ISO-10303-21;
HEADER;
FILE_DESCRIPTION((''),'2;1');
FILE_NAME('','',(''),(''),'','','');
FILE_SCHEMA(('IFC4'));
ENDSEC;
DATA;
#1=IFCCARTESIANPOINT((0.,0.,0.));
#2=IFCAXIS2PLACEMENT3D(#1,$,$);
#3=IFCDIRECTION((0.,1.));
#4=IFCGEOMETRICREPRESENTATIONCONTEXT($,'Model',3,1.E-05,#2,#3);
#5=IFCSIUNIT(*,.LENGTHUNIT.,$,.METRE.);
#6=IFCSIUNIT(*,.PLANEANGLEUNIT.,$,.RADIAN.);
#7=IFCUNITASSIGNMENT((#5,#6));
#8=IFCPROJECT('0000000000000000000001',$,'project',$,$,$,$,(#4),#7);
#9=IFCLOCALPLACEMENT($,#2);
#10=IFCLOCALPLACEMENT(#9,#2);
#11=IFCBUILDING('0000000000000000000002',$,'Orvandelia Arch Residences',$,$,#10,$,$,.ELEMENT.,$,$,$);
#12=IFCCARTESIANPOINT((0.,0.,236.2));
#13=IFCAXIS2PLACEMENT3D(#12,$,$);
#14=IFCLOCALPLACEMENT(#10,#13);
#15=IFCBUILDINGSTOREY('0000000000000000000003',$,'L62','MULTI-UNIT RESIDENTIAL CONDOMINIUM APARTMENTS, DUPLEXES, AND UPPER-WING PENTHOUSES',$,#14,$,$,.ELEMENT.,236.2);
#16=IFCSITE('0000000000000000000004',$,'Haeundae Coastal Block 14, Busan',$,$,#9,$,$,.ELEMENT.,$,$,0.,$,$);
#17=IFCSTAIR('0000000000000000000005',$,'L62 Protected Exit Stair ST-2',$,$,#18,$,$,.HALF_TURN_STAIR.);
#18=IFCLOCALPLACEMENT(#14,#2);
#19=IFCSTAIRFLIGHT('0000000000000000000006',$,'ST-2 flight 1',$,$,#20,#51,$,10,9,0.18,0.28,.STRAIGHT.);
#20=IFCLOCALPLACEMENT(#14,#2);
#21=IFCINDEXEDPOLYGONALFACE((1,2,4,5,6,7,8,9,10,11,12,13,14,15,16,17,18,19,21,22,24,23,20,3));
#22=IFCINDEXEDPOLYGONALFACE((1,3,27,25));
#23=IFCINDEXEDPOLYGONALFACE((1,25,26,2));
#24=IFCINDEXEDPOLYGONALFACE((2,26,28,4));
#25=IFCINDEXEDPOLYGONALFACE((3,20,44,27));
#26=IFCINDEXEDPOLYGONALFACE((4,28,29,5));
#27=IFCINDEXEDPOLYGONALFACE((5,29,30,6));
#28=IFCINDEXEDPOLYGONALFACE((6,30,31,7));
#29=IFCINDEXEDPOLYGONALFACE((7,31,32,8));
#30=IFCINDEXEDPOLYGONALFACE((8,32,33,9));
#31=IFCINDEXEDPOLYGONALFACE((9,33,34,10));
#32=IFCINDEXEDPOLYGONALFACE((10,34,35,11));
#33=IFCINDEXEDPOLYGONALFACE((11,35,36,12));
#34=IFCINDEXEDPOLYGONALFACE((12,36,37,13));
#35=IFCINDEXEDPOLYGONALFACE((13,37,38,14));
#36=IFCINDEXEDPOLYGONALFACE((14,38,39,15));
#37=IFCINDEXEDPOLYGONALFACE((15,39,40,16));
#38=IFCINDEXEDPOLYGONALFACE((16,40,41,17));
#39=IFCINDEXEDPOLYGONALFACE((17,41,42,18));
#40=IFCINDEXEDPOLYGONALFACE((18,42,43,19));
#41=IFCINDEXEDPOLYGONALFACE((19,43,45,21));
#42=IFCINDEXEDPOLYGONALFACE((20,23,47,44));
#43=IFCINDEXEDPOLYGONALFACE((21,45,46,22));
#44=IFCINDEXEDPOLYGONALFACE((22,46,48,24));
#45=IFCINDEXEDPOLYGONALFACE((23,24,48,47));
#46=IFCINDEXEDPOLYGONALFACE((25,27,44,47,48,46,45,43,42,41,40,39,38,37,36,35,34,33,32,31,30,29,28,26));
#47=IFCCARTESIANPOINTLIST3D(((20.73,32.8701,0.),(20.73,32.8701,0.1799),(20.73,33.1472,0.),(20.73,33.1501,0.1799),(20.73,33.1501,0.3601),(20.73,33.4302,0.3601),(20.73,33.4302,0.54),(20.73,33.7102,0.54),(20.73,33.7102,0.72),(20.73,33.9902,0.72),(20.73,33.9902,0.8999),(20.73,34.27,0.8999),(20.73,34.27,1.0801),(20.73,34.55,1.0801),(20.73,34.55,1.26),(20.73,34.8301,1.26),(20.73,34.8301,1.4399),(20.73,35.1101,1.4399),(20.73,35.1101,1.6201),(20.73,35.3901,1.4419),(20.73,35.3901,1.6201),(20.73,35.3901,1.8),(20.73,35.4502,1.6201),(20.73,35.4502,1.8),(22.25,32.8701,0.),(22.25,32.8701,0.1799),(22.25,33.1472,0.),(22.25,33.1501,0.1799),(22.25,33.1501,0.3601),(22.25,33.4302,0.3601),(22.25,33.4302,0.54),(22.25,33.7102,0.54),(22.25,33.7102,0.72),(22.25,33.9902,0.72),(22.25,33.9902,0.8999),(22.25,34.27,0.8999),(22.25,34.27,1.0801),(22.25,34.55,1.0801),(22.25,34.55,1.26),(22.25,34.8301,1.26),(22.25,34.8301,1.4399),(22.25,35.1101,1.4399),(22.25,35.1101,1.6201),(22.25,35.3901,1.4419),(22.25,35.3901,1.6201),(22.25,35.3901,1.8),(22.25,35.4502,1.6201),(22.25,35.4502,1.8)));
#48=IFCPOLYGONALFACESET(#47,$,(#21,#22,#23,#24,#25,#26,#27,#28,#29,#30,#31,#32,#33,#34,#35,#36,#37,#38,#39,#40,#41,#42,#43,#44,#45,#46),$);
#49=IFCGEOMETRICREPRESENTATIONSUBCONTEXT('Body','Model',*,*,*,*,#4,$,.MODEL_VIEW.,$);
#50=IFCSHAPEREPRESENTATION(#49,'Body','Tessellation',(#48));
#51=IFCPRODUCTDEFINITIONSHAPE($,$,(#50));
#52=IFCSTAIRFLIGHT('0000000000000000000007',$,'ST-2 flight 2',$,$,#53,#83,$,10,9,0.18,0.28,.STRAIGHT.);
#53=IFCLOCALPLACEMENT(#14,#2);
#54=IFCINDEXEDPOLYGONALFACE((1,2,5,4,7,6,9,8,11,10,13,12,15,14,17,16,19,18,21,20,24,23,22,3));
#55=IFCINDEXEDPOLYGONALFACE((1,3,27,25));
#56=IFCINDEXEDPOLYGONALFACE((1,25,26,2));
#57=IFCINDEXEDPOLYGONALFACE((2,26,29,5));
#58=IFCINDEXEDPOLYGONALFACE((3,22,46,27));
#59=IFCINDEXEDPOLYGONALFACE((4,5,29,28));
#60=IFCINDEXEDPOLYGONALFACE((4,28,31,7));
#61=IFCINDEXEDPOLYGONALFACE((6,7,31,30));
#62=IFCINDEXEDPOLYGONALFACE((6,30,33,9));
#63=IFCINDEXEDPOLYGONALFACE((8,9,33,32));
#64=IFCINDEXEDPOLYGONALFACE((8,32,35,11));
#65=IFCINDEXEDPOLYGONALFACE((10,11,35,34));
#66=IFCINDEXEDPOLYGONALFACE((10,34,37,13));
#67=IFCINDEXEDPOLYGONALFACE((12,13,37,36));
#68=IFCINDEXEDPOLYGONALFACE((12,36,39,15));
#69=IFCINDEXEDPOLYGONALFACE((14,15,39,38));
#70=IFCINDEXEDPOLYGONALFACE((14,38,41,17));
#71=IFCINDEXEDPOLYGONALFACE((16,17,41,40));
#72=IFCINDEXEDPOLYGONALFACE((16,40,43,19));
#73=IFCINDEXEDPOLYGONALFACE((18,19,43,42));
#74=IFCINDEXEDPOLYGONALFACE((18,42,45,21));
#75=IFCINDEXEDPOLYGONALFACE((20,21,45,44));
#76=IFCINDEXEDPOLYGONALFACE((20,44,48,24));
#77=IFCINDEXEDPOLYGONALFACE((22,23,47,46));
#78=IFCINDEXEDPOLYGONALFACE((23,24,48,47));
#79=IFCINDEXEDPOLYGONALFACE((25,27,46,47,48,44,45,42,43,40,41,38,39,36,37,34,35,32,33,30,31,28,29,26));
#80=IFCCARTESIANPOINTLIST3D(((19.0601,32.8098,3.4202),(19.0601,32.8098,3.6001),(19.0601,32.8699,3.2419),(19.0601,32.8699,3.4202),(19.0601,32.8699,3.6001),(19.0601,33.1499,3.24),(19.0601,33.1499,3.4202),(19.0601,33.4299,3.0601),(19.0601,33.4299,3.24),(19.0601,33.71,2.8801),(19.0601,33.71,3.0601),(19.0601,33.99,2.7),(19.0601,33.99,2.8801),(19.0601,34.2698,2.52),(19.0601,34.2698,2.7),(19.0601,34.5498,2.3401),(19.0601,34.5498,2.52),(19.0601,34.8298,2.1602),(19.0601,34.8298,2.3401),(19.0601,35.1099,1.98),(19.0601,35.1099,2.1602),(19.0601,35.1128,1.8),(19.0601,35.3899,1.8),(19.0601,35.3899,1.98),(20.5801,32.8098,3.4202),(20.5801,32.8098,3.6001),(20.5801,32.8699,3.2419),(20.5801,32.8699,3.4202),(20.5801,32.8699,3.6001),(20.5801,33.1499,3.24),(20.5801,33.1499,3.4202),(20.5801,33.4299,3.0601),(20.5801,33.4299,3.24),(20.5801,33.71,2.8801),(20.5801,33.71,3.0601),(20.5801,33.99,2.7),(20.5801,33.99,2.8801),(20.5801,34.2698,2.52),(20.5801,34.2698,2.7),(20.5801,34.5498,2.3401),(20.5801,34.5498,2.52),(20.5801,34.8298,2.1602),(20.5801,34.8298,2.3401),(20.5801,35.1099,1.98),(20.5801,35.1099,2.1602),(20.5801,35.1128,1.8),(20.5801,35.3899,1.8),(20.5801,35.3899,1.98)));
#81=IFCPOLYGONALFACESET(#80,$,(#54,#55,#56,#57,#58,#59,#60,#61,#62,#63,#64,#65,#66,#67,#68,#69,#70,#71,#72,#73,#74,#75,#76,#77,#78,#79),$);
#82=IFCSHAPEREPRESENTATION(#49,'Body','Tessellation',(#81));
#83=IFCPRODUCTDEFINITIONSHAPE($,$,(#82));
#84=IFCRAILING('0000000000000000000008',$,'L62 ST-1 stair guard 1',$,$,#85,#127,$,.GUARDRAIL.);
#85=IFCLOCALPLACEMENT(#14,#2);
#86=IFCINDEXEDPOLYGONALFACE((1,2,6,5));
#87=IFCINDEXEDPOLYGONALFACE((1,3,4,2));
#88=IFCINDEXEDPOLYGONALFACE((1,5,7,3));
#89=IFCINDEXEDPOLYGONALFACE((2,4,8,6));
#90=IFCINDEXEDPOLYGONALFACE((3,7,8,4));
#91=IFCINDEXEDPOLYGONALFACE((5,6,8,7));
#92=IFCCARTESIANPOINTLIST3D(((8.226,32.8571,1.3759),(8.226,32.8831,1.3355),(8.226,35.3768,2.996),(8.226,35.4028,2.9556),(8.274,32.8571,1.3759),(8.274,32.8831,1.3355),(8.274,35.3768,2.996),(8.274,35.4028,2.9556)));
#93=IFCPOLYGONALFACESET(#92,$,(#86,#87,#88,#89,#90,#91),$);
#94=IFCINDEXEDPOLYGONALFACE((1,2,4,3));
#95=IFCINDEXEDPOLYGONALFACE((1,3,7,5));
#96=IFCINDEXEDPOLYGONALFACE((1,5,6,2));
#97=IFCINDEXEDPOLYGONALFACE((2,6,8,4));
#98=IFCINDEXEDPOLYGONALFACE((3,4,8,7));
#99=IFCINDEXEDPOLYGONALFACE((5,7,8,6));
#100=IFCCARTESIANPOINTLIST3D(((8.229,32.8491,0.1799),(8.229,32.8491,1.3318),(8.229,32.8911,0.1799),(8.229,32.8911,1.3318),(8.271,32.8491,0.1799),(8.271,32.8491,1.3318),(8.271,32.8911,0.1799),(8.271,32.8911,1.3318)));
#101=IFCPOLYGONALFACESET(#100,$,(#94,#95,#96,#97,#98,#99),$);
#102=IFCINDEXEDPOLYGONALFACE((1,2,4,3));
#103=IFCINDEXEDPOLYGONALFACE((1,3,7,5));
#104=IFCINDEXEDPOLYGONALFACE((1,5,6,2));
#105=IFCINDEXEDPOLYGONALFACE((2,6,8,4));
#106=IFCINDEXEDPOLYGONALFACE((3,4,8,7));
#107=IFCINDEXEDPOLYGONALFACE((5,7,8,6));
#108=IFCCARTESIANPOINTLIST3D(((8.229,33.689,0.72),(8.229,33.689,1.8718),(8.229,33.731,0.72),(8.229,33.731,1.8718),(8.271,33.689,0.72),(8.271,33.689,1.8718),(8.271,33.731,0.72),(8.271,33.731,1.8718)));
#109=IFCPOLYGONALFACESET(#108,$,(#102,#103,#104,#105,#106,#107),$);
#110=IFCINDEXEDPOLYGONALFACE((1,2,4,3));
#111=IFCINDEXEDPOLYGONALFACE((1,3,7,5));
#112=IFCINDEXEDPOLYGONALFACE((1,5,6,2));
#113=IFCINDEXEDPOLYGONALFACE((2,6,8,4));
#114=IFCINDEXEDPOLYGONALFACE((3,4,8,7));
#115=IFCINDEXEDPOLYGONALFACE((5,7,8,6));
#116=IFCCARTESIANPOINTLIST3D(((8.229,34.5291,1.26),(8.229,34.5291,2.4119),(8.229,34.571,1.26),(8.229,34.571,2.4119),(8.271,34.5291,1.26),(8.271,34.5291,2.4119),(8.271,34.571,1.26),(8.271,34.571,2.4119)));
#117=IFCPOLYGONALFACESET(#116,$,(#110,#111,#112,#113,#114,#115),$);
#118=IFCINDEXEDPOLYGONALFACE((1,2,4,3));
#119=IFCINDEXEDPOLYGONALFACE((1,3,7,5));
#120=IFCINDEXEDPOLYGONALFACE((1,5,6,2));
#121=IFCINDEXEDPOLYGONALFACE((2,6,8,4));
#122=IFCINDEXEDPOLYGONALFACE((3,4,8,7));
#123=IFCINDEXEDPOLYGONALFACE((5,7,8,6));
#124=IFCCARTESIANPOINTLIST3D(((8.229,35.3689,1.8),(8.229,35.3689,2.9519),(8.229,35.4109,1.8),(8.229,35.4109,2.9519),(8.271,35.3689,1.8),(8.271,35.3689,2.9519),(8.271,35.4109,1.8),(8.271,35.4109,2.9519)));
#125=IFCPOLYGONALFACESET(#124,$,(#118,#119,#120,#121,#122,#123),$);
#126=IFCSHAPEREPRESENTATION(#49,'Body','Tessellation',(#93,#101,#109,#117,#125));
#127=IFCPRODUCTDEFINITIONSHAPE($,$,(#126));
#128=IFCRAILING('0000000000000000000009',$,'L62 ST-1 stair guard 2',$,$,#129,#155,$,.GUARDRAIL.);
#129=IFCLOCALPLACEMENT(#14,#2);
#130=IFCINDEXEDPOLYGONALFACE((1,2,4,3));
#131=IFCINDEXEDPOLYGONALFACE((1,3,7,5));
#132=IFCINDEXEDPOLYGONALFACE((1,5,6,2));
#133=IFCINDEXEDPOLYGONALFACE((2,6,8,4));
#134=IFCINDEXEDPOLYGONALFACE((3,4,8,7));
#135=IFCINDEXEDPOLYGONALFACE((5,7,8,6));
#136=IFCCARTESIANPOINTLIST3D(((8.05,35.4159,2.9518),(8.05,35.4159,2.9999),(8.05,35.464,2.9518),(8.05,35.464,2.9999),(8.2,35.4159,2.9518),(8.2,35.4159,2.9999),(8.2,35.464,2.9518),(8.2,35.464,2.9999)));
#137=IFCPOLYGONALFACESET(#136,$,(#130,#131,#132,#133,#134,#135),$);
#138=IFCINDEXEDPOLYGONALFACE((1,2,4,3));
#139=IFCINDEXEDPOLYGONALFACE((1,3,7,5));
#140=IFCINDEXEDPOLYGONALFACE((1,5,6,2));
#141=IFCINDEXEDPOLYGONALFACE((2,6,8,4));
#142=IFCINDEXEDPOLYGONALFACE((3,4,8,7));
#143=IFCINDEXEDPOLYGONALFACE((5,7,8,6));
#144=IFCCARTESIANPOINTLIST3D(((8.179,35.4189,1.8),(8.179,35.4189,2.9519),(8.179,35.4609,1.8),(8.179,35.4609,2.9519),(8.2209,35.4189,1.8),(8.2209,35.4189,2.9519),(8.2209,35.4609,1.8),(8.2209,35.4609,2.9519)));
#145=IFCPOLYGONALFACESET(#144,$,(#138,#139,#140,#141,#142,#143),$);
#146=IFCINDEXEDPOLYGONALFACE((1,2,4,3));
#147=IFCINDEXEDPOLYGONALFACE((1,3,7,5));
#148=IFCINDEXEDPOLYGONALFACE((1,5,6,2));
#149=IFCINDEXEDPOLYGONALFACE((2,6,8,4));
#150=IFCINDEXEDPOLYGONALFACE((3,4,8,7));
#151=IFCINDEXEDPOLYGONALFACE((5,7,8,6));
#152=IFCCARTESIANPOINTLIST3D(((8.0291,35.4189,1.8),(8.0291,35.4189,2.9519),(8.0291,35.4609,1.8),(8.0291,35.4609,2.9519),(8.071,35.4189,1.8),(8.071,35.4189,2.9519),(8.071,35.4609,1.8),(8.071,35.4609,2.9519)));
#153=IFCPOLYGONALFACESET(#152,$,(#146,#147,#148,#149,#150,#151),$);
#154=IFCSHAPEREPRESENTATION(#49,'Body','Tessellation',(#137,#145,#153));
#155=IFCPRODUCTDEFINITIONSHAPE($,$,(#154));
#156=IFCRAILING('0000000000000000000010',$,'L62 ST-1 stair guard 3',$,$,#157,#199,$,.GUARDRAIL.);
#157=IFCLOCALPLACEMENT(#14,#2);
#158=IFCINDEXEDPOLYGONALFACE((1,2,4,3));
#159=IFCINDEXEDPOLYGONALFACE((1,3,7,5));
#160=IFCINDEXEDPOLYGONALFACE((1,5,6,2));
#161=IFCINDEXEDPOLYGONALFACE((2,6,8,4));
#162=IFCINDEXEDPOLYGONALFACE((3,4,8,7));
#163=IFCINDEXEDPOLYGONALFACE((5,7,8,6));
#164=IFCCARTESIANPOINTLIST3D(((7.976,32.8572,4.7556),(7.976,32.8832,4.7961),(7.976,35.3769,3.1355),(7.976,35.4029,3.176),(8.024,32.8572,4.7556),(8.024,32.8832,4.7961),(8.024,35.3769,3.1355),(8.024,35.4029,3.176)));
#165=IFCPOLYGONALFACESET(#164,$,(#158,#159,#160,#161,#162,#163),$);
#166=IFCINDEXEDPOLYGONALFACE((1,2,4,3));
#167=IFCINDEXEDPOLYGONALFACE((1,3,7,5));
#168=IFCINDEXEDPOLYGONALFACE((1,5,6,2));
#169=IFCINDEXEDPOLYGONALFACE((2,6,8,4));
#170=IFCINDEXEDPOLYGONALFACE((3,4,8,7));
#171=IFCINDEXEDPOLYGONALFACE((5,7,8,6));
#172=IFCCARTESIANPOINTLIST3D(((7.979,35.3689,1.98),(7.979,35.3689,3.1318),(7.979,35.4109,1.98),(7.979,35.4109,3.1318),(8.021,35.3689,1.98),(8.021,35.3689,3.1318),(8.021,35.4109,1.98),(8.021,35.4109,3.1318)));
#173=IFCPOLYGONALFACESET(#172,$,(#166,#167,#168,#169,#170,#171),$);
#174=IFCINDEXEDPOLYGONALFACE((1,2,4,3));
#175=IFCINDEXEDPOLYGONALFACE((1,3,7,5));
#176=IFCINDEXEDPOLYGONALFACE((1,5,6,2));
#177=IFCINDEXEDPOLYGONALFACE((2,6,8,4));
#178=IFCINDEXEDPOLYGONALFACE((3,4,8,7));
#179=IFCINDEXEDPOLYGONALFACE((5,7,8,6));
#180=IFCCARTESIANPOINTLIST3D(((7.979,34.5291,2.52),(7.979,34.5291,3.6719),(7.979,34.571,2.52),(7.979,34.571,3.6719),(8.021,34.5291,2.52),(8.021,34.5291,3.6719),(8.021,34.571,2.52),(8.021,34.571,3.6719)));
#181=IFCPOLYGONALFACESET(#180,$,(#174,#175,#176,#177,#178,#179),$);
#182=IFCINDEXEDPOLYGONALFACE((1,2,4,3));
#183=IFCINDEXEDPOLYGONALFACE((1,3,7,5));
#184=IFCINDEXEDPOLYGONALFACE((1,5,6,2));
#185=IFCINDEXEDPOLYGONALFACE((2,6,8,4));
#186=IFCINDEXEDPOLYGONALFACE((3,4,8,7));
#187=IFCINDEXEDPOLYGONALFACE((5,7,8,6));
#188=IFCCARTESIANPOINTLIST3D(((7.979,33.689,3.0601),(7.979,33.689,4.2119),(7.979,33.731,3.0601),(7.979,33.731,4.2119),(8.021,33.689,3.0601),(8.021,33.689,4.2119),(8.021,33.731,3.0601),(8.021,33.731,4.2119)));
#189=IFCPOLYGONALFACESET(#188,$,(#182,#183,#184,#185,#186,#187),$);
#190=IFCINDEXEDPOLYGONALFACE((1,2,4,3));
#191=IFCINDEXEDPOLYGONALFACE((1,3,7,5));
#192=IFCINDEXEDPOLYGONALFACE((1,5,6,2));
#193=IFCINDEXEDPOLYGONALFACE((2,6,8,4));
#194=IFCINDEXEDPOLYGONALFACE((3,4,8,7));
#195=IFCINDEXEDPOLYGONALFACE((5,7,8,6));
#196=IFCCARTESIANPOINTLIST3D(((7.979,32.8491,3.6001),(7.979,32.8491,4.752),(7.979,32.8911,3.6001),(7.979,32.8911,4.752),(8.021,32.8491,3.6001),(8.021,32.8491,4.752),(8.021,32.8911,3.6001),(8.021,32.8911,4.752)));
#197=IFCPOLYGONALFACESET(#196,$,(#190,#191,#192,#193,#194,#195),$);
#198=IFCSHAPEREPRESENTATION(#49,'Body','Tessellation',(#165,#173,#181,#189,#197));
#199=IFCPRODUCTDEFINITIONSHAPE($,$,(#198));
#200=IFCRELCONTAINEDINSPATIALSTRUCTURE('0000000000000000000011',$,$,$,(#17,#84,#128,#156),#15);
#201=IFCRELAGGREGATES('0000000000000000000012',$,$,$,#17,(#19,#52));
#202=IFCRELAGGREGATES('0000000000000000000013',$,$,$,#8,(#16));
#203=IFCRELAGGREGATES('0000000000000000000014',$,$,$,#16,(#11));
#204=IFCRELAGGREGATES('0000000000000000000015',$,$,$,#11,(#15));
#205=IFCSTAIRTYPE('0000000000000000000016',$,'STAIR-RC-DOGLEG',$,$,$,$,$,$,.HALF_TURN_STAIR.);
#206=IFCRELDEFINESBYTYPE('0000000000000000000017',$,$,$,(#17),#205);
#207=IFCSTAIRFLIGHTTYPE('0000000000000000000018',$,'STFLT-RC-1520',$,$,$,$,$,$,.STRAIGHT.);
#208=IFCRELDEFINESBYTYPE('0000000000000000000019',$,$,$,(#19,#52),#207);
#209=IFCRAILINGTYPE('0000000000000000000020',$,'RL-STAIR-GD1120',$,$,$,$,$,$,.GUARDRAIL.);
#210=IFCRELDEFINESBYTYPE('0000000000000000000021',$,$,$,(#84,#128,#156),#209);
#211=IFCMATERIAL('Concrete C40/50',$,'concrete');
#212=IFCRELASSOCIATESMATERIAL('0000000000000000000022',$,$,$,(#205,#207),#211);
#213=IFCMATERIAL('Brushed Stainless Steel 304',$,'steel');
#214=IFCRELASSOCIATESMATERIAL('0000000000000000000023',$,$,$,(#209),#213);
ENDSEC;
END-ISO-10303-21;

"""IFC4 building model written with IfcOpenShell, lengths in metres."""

from ifc_helpers import new_model, si_unit, direction, frame, origin, origin_2d, place, context, subcontext, project, spatial, polyline, rectangle, outline, extrude, material, type_object, element, aggregate, save


model = new_model("IFC4")

# Units and contexts
model_context = context("Model", 3, precision=1e-05, world=origin(), true_north=direction((0.0, 1.0)))
body_context = subcontext(model_context, "Body", "Model", "MODEL_VIEW")
ifc_project = project(units=[si_unit("LENGTHUNIT", "METRE"), si_unit("PLANEANGLEUNIT", "RADIAN")], contexts=[model_context])

# Site, building, storey
site_placement = place(None, origin())
site = spatial("IfcSite", under=ifc_project, at=site_placement, Name="Haeundae Coastal Block 14, Busan", CompositionType="ELEMENT", RefElevation=0.0)
building_placement = place(site_placement, origin())
building = spatial("IfcBuilding", under=site, at=building_placement, Name="Orvandelia Arch Residences", CompositionType="ELEMENT")
storey_placement = place(building_placement, frame((0.0, 0.0, 236.2)))
storey = spatial("IfcBuildingStorey", under=building, at=storey_placement, Name="L62", Description="MULTI-UNIT RESIDENTIAL CONDOMINIUM APARTMENTS, DUPLEXES, AND UPPER-WING PENTHOUSES", CompositionType="ELEMENT", Elevation=236.2)

# Stair, stair flights
ifc_material_1 = material(Name="Concrete C40/50", Category="concrete")
stair_type = type_object("IfcStairType", Name="STAIR-RC-DOGLEG", PredefinedType="HALF_TURN_STAIR", material=ifc_material_1)
stair_flight_type = type_object("IfcStairFlightType", Name="STFLT-RC-1520", PredefinedType="STRAIGHT", material=ifc_material_1)
stair_1_placement = place(storey_placement, origin())
stair_1 = element("IfcStair", 1, at=stair_1_placement, inside=storey, type_object=stair_type, Name="L62 Protected Exit Stair ST-2", PredefinedType="HALF_TURN_STAIR")
stair_flight_1_placement = place(storey_placement, frame((21.49, 32.8701, 0.0), z_axis=(0.0, 0.0, 1.0), x_axis=(0.0, 1.0, 0.0)))
stair_flight_1 = element("IfcStairFlight", 2, at=stair_flight_1_placement, type_object=stair_flight_type, Name="ST-2 flight 1", NumberOfRisers=10, NumberOfTreads=9, PredefinedType="STRAIGHT", RiserHeight=0.18, TreadLength=0.28, context=body_context, shape_type="SweptSolid", body=[
    extrude(outline(polyline([(0.0, 0.0), (0.0, 0.1799), (0.28, 0.1799), (0.28, 0.3601), (0.5601, 0.3601), (0.5601, 0.54), (0.8401, 0.54), (0.8401, 0.72), (1.1201, 0.72), (1.1201, 0.8999), (1.3999, 0.8999), (1.3999, 1.0801), (1.6799, 1.0801), (1.6799, 1.26), (1.96, 1.26), (1.96, 1.4399), (2.24, 1.4399), (2.24, 1.6201), (2.52, 1.6201), (2.52, 1.8), (2.5801, 1.8), (2.5801, 1.6201), (2.52, 1.4419), (0.2771, 0.0), (0.0, 0.0)])), frame((0.0, 0.76, 0.0), z_axis=(0.0, -1.0, 0.0), x_axis=(1.0, 0.0, 0.0)), (0.0, 0.0, 1.0), 1.52),
])
stair_flight_2_placement = place(storey_placement, frame((19.8201, 35.3899, 1.8), z_axis=(0.0, 0.0, 1.0), x_axis=(0.0, -1.0, 0.0)))
stair_flight_2 = element("IfcStairFlight", 3, at=stair_flight_2_placement, type_object=stair_flight_type, Name="ST-2 flight 2", NumberOfRisers=10, NumberOfTreads=9, PredefinedType="STRAIGHT", RiserHeight=0.18, TreadLength=0.28, context=body_context, shape_type="SweptSolid", body=[
    extrude(outline(polyline([(0.0, 0.0), (0.0, 0.1799), (0.28, 0.1799), (0.28, 0.3601), (0.5601, 0.3601), (0.5601, 0.54), (0.8401, 0.54), (0.8401, 0.72), (1.1201, 0.72), (1.1201, 0.8999), (1.3999, 0.8999), (1.3999, 1.0801), (1.6799, 1.0801), (1.6799, 1.26), (1.96, 1.26), (1.96, 1.4399), (2.24, 1.4399), (2.24, 1.6201), (2.52, 1.6201), (2.52, 1.8), (2.5801, 1.8), (2.5801, 1.6201), (2.52, 1.4419), (0.2771, 0.0), (0.0, 0.0)])), frame((0.0, 0.76, 0.0), z_axis=(0.0, -1.0, 0.0), x_axis=(1.0, 0.0, 0.0)), (0.0, 0.0, 1.0), 1.52),
])
aggregate(stair_1, [stair_flight_1, stair_flight_2])

# Railings
ifc_material_2 = material(Name="Brushed Stainless Steel 304", Category="steel")
railing_type_1 = type_object("IfcRailingType", Name="RL-STAIR-GD1120", PredefinedType="GUARDRAIL", material=ifc_material_2)
railing_1_placement = place(storey_placement, frame((8.25, 32.8701, 0.1799)))
element("IfcRailing", 4, at=railing_1_placement, inside=storey, type_object=railing_type_1, Name="L62 ST-1 stair guard 1", PredefinedType="GUARDRAIL", context=body_context, shape_type="SweptSolid", body=[
    extrude(rectangle(XDim=0.0481, YDim=0.0481, at=origin_2d()), frame((0.0, 0.0, 1.1758), z_axis=(0.0, 0.841139, 0.540819), x_axis=(-1.0, 0.0, 0.0)), (0.0, 0.0, 1.0), 2.9956),
    extrude(rectangle(XDim=0.042, YDim=0.042, at=origin_2d()), origin(), (0.0, 0.0, 1.0), 1.1519),
    extrude(rectangle(XDim=0.042, YDim=0.042, at=origin_2d()), frame((0.0, 0.8398, 0.54)), (0.0, 0.0, 1.0), 1.1519),
    extrude(rectangle(XDim=0.042, YDim=0.042, at=origin_2d()), frame((0.0, 1.6799, 1.0801)), (0.0, 0.0, 1.0), 1.1519),
    extrude(rectangle(XDim=0.042, YDim=0.042, at=origin_2d()), frame((0.0, 2.5198, 1.6201)), (0.0, 0.0, 1.0), 1.1519),
])
railing_2_placement = place(storey_placement, frame((8.2, 35.4399, 1.8)))
element("IfcRailing", 5, at=railing_2_placement, inside=storey, type_object=railing_type_1, Name="L62 ST-1 stair guard 2", PredefinedType="GUARDRAIL", context=body_context, shape_type="SweptSolid", body=[
    extrude(rectangle(XDim=0.0481, YDim=0.0481, at=origin_2d()), frame((0.0, 0.0, 1.1758), z_axis=(-1.0, 0.0, 0.0), x_axis=(0.0, -1.0, 0.0)), (0.0, 0.0, 1.0), 0.1499),
    extrude(rectangle(XDim=0.042, YDim=0.042, at=origin_2d()), origin(), (0.0, 0.0, 1.0), 1.1519),
    extrude(rectangle(XDim=0.042, YDim=0.042, at=origin_2d()), frame((-0.1499, 0.0, 0.0)), (0.0, 0.0, 1.0), 1.1519),
])
railing_3_placement = place(storey_placement, frame((8.0, 35.3899, 1.98)))
element("IfcRailing", 6, at=railing_3_placement, inside=storey, type_object=railing_type_1, Name="L62 ST-1 stair guard 3", PredefinedType="GUARDRAIL", context=body_context, shape_type="SweptSolid", body=[
    extrude(rectangle(XDim=0.0481, YDim=0.0481, at=origin_2d()), frame((0.0, 0.0, 1.1758), z_axis=(0.0, -0.841139, 0.540819), x_axis=(1.0, 0.0, 0.0)), (0.0, 0.0, 1.0), 2.9956),
    extrude(rectangle(XDim=0.042, YDim=0.042, at=origin_2d()), origin(), (0.0, 0.0, 1.0), 1.1519),
    extrude(rectangle(XDim=0.042, YDim=0.042, at=origin_2d()), frame((0.0, -0.8398, 0.54)), (0.0, 0.0, 1.0), 1.1519),
    extrude(rectangle(XDim=0.042, YDim=0.042, at=origin_2d()), frame((0.0, -1.6799, 1.0801)), (0.0, 0.0, 1.0), 1.1519),
    extrude(rectangle(XDim=0.042, YDim=0.042, at=origin_2d()), frame((0.0, -2.5198, 1.6201)), (0.0, 0.0, 1.0), 1.1519),
])

save(model, "model.ifc")
